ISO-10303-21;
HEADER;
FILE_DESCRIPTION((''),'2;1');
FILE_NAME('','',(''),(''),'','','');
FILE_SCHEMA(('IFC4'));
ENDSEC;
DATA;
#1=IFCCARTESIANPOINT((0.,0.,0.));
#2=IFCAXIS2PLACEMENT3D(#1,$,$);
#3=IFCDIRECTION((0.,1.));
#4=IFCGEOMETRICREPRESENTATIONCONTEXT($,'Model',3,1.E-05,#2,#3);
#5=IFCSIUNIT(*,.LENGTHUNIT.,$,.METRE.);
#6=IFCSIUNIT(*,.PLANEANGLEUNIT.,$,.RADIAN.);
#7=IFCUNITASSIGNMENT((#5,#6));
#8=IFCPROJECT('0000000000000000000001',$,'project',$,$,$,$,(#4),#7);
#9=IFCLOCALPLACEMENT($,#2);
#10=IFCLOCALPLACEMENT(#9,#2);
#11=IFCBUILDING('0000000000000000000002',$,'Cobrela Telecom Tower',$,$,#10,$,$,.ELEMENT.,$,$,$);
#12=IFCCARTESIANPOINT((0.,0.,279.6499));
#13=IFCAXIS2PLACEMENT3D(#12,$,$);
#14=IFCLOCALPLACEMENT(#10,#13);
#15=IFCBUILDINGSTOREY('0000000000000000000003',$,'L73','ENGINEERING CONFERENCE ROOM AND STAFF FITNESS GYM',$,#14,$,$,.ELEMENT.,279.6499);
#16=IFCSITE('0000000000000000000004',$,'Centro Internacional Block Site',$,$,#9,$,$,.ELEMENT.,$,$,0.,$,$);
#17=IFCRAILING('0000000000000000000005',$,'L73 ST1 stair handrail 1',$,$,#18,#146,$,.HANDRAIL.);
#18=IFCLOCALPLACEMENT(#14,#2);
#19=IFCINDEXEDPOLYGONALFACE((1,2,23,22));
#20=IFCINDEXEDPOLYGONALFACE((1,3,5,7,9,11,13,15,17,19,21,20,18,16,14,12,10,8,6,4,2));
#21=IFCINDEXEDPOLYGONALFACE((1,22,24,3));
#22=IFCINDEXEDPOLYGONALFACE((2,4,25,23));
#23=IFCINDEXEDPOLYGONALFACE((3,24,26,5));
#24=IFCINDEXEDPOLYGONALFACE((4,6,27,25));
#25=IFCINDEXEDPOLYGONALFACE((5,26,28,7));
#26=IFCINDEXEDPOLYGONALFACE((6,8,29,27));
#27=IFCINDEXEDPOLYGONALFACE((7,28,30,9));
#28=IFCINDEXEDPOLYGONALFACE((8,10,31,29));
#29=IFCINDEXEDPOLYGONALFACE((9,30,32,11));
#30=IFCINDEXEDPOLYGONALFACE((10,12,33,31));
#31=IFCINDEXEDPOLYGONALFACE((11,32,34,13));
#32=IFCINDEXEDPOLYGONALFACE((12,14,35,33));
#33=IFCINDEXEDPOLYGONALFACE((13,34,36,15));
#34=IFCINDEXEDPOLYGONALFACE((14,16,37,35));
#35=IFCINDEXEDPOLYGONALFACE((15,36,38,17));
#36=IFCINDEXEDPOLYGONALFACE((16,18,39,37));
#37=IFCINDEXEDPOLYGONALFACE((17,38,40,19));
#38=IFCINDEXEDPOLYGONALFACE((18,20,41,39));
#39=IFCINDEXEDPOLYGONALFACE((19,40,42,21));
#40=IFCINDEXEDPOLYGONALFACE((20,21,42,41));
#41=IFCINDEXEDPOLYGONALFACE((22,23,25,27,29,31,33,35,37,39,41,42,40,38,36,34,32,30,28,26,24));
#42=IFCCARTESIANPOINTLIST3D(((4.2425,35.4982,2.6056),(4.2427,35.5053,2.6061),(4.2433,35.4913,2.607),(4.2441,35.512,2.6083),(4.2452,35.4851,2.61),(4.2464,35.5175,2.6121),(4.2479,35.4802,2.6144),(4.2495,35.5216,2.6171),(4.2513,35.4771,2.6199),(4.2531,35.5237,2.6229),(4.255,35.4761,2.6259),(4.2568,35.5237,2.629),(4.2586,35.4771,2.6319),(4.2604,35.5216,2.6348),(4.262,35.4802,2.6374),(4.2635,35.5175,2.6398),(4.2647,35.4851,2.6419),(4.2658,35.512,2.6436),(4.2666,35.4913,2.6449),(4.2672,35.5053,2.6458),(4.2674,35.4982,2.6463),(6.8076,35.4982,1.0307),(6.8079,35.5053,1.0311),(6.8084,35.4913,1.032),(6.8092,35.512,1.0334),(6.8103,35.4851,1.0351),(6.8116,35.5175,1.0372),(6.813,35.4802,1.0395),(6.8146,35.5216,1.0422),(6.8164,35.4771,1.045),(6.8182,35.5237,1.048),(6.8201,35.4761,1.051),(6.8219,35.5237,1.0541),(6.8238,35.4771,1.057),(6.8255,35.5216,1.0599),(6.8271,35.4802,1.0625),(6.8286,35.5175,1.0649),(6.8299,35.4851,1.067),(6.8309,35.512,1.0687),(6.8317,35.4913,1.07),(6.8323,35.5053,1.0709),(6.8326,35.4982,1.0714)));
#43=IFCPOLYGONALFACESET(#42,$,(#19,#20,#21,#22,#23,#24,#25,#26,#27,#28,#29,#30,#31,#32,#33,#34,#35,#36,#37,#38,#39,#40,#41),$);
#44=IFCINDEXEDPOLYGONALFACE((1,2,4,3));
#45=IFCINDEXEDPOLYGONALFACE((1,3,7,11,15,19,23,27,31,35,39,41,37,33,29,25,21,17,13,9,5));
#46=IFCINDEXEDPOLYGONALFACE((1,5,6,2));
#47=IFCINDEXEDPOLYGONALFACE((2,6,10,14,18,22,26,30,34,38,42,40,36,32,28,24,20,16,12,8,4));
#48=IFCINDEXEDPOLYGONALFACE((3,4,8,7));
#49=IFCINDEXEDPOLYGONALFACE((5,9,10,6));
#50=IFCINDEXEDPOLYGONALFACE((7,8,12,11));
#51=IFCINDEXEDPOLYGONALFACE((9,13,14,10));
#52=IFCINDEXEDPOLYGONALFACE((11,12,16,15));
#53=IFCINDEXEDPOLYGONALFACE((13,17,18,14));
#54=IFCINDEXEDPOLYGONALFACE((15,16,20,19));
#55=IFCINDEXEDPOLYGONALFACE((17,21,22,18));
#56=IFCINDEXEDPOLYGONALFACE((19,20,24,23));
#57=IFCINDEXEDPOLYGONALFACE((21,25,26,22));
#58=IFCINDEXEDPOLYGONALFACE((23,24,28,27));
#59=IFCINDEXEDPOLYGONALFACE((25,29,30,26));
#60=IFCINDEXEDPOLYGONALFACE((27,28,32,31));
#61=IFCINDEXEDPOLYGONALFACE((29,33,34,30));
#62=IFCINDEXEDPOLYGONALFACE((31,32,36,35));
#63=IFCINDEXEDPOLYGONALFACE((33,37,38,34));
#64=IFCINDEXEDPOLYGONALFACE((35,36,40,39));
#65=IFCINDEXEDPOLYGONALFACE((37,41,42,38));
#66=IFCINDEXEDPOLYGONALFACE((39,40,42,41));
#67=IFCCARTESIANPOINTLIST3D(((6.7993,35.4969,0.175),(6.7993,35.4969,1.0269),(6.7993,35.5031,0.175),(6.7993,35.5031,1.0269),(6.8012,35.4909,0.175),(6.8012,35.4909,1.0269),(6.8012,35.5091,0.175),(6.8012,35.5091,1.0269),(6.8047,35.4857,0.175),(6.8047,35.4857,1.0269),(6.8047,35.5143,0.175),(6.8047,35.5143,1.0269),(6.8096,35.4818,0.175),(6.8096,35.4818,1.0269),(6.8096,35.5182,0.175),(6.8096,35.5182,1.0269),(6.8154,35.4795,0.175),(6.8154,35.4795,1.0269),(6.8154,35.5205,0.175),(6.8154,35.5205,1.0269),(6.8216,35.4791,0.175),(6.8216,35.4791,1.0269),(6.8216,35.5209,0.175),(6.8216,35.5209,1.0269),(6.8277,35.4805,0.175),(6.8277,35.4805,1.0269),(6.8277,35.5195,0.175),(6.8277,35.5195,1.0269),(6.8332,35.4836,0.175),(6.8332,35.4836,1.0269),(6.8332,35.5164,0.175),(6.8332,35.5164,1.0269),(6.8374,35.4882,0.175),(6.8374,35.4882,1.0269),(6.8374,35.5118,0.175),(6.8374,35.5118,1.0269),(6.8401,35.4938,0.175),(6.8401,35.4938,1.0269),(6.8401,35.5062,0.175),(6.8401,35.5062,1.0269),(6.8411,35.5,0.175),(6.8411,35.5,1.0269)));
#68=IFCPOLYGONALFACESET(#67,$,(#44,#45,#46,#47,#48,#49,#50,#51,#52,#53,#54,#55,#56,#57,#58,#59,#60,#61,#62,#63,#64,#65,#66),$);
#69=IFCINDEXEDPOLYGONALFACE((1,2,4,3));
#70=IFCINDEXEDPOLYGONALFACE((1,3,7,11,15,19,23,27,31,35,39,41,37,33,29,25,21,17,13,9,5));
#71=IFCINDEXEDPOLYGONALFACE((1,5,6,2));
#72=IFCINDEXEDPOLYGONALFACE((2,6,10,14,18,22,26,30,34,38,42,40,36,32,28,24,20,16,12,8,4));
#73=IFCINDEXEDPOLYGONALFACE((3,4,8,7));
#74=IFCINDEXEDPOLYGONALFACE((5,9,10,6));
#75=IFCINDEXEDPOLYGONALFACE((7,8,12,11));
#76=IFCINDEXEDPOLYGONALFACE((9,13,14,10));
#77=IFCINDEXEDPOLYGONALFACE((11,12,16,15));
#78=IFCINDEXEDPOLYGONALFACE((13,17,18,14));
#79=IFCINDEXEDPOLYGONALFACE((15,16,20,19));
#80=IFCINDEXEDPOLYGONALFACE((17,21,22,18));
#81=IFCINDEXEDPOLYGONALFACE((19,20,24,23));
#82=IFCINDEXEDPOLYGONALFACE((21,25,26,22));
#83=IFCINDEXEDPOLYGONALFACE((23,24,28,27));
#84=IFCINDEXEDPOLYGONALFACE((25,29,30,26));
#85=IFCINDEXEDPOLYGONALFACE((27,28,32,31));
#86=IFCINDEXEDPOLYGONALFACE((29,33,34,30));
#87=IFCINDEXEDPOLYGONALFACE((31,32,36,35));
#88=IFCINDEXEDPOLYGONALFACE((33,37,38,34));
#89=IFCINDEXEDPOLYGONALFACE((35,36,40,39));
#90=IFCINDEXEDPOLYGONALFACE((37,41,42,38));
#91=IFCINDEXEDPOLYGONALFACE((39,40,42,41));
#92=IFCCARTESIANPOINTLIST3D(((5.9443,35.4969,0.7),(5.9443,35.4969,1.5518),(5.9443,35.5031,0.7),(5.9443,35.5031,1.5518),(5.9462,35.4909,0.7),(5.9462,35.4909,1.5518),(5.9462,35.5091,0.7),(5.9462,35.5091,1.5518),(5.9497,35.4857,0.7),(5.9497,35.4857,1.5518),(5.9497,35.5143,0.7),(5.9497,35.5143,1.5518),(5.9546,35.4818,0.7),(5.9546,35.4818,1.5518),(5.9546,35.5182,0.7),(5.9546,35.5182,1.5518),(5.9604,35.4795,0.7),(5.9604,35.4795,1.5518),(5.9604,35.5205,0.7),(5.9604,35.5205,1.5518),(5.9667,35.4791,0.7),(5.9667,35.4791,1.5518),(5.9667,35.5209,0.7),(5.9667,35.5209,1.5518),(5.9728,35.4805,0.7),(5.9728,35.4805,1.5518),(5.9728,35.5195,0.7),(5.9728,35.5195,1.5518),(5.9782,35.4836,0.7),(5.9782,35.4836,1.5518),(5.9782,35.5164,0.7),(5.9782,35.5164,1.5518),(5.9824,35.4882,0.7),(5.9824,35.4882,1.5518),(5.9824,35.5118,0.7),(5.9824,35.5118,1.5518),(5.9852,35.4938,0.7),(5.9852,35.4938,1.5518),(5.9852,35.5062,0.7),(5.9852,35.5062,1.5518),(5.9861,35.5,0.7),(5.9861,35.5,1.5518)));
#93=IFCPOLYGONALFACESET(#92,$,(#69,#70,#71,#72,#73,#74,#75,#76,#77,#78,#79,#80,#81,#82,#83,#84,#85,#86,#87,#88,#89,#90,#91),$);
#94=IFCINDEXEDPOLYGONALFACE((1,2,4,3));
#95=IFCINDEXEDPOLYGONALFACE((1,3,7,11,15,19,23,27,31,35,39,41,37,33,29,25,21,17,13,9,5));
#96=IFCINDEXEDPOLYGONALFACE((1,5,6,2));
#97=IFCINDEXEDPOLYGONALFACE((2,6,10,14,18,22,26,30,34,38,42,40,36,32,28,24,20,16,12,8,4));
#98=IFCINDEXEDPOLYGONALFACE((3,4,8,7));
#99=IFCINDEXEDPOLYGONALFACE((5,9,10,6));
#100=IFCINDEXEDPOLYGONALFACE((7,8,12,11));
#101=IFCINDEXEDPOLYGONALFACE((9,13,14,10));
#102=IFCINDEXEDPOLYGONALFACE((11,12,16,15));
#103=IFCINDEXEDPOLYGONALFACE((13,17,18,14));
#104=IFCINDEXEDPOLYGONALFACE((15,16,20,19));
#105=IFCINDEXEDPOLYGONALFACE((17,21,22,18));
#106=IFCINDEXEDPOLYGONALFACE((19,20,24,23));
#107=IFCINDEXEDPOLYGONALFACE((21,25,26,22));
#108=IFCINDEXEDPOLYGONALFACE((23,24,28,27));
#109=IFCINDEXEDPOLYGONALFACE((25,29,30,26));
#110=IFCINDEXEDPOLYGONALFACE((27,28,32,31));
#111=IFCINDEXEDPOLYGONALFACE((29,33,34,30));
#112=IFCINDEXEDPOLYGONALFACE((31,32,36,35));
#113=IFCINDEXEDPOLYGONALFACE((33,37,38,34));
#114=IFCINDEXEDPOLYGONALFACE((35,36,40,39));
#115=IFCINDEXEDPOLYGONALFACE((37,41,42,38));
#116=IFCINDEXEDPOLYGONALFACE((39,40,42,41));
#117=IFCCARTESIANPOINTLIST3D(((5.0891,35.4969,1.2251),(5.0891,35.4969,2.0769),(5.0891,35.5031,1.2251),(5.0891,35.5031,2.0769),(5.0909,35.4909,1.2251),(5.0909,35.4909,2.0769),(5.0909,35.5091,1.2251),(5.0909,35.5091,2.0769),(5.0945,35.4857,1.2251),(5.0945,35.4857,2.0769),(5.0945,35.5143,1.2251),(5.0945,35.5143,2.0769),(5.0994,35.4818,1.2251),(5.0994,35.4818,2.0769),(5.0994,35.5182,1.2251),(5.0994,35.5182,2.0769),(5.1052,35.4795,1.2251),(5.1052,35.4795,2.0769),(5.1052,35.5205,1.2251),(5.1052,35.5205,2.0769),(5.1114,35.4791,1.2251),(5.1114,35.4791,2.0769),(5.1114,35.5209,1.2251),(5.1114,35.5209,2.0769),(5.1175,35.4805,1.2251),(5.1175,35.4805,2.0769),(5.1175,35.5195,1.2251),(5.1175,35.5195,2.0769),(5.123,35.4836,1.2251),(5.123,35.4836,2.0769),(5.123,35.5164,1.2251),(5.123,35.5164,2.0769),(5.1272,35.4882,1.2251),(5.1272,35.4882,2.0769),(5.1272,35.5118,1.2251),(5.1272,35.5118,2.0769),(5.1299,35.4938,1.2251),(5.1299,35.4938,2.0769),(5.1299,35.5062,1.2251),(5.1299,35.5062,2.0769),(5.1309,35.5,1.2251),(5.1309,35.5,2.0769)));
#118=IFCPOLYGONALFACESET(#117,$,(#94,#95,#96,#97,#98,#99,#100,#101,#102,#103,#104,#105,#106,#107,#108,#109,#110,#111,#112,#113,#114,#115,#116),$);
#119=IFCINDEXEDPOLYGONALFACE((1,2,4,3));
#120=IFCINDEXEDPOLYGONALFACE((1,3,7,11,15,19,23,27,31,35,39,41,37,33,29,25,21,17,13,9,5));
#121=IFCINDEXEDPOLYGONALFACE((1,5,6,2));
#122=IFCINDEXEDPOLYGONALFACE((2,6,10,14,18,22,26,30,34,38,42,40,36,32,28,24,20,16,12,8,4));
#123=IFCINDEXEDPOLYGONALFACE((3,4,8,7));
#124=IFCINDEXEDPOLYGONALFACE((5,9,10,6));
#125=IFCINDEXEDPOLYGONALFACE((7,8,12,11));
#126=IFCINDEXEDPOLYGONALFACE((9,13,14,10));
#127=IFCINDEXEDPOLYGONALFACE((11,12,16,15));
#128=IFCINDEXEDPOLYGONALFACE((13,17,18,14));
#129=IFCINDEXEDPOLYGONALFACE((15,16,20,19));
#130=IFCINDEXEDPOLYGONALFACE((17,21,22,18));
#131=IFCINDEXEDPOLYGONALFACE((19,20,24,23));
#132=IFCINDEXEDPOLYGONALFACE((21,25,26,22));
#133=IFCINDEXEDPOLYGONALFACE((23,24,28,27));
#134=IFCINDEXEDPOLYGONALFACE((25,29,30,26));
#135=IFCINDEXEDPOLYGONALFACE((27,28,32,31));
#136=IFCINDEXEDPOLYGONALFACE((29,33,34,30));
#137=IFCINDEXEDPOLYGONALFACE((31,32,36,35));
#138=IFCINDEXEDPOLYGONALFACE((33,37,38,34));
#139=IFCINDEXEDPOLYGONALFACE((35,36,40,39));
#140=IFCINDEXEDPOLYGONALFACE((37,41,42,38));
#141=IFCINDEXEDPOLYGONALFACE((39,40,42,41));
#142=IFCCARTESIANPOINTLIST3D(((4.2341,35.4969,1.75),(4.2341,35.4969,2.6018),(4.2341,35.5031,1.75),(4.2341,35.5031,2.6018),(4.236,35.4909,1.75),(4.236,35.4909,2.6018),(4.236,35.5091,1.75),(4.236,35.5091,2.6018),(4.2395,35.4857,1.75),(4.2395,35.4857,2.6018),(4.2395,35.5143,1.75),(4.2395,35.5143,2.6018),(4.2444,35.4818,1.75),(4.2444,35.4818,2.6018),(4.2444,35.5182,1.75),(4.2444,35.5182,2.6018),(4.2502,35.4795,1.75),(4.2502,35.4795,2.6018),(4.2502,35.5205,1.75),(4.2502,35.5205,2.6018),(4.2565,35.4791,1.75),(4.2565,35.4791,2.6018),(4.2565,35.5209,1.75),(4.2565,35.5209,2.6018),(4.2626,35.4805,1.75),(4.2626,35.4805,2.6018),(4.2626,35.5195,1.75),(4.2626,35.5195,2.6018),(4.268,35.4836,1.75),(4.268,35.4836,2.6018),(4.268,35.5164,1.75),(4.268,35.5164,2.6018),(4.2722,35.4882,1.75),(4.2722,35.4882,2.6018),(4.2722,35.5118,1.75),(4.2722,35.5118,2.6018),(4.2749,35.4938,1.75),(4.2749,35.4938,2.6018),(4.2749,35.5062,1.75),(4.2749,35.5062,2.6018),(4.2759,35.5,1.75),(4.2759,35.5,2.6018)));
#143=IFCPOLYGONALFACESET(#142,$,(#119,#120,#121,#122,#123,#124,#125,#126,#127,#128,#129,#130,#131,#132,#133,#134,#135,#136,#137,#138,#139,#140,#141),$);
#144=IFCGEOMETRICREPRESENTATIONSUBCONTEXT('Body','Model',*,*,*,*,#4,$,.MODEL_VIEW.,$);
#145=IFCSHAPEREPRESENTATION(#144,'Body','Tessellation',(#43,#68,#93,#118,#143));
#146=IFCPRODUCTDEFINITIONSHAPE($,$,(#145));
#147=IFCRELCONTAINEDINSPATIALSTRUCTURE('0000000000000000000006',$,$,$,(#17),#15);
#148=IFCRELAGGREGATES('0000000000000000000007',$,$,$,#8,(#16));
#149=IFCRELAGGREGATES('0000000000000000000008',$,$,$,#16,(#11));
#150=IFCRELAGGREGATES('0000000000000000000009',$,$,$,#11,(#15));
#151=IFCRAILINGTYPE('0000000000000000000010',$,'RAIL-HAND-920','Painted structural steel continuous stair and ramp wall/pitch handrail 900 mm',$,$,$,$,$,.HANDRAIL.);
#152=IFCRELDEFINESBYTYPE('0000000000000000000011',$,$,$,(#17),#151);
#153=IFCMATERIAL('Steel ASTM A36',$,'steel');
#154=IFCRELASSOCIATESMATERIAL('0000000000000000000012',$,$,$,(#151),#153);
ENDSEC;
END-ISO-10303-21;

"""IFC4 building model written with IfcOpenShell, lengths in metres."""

from ifc_helpers import new_model, si_unit, direction, frame, origin, origin_2d, place, context, subcontext, project, spatial, circle, extrude, material, type_object, element, save


model = new_model("IFC4")

# Units and contexts
model_context = context("Model", 3, precision=1e-05, world=origin(), true_north=direction((0.0, 1.0)))
body_context = subcontext(model_context, "Body", "Model", "MODEL_VIEW")
ifc_project = project(units=[si_unit("LENGTHUNIT", "METRE"), si_unit("PLANEANGLEUNIT", "RADIAN")], contexts=[model_context])

# Site, building, storey
site_placement = place(None, origin())
site = spatial("IfcSite", under=ifc_project, at=site_placement, Name="Centro Internacional Block Site", CompositionType="ELEMENT", RefElevation=0.0)
building_placement = place(site_placement, origin())
building = spatial("IfcBuilding", under=site, at=building_placement, Name="Cobrela Telecom Tower", CompositionType="ELEMENT")
storey_placement = place(building_placement, frame((0.0, 0.0, 279.6499)))
storey = spatial("IfcBuildingStorey", under=building, at=storey_placement, Name="L73", Description="ENGINEERING CONFERENCE ROOM AND STAFF FITNESS GYM", CompositionType="ELEMENT", Elevation=279.6499)

# Shared definitions
ifc_material_1 = material(Name="Steel ASTM A36", Category="steel")

# Railing
railing_type_1 = type_object("IfcRailingType", Name="RAIL-HAND-920", Description="Painted structural steel continuous stair and ramp wall/pitch handrail 900 mm", PredefinedType="HANDRAIL", material=ifc_material_1)
railing_1_placement = place(storey_placement, frame((6.8201, 35.5, 0.175)))
element("IfcRailing", 1, at=railing_1_placement, inside=storey, type_object=railing_type_1, Name="L73 ST1 stair handrail 1", PredefinedType="HANDRAIL", context=body_context, shape_type="SweptSolid", body=[
    extrude(circle(Radius=0.0239, at=origin_2d()), frame((0.0, 0.0, 0.876), z_axis=(-0.852195, 0.0, 0.523224), x_axis=(0.0, -1.0, 0.0)), (0.0, 0.0, 1.0), 3.01),
    extrude(circle(Radius=0.021, at=origin_2d()), origin(), (0.0, 0.0, 1.0), 0.8518),
    extrude(circle(Radius=0.021, at=origin_2d()), frame((-0.855, 0.0, 0.5249)), (0.0, 0.0, 1.0), 0.8518),
    extrude(circle(Radius=0.021, at=origin_2d()), frame((-1.7102, 0.0, 1.05)), (0.0, 0.0, 1.0), 0.8518),
    extrude(circle(Radius=0.021, at=origin_2d()), frame((-2.5652, 0.0, 1.575)), (0.0, 0.0, 1.0), 0.8518),
])

save(model, "model.ifc")
